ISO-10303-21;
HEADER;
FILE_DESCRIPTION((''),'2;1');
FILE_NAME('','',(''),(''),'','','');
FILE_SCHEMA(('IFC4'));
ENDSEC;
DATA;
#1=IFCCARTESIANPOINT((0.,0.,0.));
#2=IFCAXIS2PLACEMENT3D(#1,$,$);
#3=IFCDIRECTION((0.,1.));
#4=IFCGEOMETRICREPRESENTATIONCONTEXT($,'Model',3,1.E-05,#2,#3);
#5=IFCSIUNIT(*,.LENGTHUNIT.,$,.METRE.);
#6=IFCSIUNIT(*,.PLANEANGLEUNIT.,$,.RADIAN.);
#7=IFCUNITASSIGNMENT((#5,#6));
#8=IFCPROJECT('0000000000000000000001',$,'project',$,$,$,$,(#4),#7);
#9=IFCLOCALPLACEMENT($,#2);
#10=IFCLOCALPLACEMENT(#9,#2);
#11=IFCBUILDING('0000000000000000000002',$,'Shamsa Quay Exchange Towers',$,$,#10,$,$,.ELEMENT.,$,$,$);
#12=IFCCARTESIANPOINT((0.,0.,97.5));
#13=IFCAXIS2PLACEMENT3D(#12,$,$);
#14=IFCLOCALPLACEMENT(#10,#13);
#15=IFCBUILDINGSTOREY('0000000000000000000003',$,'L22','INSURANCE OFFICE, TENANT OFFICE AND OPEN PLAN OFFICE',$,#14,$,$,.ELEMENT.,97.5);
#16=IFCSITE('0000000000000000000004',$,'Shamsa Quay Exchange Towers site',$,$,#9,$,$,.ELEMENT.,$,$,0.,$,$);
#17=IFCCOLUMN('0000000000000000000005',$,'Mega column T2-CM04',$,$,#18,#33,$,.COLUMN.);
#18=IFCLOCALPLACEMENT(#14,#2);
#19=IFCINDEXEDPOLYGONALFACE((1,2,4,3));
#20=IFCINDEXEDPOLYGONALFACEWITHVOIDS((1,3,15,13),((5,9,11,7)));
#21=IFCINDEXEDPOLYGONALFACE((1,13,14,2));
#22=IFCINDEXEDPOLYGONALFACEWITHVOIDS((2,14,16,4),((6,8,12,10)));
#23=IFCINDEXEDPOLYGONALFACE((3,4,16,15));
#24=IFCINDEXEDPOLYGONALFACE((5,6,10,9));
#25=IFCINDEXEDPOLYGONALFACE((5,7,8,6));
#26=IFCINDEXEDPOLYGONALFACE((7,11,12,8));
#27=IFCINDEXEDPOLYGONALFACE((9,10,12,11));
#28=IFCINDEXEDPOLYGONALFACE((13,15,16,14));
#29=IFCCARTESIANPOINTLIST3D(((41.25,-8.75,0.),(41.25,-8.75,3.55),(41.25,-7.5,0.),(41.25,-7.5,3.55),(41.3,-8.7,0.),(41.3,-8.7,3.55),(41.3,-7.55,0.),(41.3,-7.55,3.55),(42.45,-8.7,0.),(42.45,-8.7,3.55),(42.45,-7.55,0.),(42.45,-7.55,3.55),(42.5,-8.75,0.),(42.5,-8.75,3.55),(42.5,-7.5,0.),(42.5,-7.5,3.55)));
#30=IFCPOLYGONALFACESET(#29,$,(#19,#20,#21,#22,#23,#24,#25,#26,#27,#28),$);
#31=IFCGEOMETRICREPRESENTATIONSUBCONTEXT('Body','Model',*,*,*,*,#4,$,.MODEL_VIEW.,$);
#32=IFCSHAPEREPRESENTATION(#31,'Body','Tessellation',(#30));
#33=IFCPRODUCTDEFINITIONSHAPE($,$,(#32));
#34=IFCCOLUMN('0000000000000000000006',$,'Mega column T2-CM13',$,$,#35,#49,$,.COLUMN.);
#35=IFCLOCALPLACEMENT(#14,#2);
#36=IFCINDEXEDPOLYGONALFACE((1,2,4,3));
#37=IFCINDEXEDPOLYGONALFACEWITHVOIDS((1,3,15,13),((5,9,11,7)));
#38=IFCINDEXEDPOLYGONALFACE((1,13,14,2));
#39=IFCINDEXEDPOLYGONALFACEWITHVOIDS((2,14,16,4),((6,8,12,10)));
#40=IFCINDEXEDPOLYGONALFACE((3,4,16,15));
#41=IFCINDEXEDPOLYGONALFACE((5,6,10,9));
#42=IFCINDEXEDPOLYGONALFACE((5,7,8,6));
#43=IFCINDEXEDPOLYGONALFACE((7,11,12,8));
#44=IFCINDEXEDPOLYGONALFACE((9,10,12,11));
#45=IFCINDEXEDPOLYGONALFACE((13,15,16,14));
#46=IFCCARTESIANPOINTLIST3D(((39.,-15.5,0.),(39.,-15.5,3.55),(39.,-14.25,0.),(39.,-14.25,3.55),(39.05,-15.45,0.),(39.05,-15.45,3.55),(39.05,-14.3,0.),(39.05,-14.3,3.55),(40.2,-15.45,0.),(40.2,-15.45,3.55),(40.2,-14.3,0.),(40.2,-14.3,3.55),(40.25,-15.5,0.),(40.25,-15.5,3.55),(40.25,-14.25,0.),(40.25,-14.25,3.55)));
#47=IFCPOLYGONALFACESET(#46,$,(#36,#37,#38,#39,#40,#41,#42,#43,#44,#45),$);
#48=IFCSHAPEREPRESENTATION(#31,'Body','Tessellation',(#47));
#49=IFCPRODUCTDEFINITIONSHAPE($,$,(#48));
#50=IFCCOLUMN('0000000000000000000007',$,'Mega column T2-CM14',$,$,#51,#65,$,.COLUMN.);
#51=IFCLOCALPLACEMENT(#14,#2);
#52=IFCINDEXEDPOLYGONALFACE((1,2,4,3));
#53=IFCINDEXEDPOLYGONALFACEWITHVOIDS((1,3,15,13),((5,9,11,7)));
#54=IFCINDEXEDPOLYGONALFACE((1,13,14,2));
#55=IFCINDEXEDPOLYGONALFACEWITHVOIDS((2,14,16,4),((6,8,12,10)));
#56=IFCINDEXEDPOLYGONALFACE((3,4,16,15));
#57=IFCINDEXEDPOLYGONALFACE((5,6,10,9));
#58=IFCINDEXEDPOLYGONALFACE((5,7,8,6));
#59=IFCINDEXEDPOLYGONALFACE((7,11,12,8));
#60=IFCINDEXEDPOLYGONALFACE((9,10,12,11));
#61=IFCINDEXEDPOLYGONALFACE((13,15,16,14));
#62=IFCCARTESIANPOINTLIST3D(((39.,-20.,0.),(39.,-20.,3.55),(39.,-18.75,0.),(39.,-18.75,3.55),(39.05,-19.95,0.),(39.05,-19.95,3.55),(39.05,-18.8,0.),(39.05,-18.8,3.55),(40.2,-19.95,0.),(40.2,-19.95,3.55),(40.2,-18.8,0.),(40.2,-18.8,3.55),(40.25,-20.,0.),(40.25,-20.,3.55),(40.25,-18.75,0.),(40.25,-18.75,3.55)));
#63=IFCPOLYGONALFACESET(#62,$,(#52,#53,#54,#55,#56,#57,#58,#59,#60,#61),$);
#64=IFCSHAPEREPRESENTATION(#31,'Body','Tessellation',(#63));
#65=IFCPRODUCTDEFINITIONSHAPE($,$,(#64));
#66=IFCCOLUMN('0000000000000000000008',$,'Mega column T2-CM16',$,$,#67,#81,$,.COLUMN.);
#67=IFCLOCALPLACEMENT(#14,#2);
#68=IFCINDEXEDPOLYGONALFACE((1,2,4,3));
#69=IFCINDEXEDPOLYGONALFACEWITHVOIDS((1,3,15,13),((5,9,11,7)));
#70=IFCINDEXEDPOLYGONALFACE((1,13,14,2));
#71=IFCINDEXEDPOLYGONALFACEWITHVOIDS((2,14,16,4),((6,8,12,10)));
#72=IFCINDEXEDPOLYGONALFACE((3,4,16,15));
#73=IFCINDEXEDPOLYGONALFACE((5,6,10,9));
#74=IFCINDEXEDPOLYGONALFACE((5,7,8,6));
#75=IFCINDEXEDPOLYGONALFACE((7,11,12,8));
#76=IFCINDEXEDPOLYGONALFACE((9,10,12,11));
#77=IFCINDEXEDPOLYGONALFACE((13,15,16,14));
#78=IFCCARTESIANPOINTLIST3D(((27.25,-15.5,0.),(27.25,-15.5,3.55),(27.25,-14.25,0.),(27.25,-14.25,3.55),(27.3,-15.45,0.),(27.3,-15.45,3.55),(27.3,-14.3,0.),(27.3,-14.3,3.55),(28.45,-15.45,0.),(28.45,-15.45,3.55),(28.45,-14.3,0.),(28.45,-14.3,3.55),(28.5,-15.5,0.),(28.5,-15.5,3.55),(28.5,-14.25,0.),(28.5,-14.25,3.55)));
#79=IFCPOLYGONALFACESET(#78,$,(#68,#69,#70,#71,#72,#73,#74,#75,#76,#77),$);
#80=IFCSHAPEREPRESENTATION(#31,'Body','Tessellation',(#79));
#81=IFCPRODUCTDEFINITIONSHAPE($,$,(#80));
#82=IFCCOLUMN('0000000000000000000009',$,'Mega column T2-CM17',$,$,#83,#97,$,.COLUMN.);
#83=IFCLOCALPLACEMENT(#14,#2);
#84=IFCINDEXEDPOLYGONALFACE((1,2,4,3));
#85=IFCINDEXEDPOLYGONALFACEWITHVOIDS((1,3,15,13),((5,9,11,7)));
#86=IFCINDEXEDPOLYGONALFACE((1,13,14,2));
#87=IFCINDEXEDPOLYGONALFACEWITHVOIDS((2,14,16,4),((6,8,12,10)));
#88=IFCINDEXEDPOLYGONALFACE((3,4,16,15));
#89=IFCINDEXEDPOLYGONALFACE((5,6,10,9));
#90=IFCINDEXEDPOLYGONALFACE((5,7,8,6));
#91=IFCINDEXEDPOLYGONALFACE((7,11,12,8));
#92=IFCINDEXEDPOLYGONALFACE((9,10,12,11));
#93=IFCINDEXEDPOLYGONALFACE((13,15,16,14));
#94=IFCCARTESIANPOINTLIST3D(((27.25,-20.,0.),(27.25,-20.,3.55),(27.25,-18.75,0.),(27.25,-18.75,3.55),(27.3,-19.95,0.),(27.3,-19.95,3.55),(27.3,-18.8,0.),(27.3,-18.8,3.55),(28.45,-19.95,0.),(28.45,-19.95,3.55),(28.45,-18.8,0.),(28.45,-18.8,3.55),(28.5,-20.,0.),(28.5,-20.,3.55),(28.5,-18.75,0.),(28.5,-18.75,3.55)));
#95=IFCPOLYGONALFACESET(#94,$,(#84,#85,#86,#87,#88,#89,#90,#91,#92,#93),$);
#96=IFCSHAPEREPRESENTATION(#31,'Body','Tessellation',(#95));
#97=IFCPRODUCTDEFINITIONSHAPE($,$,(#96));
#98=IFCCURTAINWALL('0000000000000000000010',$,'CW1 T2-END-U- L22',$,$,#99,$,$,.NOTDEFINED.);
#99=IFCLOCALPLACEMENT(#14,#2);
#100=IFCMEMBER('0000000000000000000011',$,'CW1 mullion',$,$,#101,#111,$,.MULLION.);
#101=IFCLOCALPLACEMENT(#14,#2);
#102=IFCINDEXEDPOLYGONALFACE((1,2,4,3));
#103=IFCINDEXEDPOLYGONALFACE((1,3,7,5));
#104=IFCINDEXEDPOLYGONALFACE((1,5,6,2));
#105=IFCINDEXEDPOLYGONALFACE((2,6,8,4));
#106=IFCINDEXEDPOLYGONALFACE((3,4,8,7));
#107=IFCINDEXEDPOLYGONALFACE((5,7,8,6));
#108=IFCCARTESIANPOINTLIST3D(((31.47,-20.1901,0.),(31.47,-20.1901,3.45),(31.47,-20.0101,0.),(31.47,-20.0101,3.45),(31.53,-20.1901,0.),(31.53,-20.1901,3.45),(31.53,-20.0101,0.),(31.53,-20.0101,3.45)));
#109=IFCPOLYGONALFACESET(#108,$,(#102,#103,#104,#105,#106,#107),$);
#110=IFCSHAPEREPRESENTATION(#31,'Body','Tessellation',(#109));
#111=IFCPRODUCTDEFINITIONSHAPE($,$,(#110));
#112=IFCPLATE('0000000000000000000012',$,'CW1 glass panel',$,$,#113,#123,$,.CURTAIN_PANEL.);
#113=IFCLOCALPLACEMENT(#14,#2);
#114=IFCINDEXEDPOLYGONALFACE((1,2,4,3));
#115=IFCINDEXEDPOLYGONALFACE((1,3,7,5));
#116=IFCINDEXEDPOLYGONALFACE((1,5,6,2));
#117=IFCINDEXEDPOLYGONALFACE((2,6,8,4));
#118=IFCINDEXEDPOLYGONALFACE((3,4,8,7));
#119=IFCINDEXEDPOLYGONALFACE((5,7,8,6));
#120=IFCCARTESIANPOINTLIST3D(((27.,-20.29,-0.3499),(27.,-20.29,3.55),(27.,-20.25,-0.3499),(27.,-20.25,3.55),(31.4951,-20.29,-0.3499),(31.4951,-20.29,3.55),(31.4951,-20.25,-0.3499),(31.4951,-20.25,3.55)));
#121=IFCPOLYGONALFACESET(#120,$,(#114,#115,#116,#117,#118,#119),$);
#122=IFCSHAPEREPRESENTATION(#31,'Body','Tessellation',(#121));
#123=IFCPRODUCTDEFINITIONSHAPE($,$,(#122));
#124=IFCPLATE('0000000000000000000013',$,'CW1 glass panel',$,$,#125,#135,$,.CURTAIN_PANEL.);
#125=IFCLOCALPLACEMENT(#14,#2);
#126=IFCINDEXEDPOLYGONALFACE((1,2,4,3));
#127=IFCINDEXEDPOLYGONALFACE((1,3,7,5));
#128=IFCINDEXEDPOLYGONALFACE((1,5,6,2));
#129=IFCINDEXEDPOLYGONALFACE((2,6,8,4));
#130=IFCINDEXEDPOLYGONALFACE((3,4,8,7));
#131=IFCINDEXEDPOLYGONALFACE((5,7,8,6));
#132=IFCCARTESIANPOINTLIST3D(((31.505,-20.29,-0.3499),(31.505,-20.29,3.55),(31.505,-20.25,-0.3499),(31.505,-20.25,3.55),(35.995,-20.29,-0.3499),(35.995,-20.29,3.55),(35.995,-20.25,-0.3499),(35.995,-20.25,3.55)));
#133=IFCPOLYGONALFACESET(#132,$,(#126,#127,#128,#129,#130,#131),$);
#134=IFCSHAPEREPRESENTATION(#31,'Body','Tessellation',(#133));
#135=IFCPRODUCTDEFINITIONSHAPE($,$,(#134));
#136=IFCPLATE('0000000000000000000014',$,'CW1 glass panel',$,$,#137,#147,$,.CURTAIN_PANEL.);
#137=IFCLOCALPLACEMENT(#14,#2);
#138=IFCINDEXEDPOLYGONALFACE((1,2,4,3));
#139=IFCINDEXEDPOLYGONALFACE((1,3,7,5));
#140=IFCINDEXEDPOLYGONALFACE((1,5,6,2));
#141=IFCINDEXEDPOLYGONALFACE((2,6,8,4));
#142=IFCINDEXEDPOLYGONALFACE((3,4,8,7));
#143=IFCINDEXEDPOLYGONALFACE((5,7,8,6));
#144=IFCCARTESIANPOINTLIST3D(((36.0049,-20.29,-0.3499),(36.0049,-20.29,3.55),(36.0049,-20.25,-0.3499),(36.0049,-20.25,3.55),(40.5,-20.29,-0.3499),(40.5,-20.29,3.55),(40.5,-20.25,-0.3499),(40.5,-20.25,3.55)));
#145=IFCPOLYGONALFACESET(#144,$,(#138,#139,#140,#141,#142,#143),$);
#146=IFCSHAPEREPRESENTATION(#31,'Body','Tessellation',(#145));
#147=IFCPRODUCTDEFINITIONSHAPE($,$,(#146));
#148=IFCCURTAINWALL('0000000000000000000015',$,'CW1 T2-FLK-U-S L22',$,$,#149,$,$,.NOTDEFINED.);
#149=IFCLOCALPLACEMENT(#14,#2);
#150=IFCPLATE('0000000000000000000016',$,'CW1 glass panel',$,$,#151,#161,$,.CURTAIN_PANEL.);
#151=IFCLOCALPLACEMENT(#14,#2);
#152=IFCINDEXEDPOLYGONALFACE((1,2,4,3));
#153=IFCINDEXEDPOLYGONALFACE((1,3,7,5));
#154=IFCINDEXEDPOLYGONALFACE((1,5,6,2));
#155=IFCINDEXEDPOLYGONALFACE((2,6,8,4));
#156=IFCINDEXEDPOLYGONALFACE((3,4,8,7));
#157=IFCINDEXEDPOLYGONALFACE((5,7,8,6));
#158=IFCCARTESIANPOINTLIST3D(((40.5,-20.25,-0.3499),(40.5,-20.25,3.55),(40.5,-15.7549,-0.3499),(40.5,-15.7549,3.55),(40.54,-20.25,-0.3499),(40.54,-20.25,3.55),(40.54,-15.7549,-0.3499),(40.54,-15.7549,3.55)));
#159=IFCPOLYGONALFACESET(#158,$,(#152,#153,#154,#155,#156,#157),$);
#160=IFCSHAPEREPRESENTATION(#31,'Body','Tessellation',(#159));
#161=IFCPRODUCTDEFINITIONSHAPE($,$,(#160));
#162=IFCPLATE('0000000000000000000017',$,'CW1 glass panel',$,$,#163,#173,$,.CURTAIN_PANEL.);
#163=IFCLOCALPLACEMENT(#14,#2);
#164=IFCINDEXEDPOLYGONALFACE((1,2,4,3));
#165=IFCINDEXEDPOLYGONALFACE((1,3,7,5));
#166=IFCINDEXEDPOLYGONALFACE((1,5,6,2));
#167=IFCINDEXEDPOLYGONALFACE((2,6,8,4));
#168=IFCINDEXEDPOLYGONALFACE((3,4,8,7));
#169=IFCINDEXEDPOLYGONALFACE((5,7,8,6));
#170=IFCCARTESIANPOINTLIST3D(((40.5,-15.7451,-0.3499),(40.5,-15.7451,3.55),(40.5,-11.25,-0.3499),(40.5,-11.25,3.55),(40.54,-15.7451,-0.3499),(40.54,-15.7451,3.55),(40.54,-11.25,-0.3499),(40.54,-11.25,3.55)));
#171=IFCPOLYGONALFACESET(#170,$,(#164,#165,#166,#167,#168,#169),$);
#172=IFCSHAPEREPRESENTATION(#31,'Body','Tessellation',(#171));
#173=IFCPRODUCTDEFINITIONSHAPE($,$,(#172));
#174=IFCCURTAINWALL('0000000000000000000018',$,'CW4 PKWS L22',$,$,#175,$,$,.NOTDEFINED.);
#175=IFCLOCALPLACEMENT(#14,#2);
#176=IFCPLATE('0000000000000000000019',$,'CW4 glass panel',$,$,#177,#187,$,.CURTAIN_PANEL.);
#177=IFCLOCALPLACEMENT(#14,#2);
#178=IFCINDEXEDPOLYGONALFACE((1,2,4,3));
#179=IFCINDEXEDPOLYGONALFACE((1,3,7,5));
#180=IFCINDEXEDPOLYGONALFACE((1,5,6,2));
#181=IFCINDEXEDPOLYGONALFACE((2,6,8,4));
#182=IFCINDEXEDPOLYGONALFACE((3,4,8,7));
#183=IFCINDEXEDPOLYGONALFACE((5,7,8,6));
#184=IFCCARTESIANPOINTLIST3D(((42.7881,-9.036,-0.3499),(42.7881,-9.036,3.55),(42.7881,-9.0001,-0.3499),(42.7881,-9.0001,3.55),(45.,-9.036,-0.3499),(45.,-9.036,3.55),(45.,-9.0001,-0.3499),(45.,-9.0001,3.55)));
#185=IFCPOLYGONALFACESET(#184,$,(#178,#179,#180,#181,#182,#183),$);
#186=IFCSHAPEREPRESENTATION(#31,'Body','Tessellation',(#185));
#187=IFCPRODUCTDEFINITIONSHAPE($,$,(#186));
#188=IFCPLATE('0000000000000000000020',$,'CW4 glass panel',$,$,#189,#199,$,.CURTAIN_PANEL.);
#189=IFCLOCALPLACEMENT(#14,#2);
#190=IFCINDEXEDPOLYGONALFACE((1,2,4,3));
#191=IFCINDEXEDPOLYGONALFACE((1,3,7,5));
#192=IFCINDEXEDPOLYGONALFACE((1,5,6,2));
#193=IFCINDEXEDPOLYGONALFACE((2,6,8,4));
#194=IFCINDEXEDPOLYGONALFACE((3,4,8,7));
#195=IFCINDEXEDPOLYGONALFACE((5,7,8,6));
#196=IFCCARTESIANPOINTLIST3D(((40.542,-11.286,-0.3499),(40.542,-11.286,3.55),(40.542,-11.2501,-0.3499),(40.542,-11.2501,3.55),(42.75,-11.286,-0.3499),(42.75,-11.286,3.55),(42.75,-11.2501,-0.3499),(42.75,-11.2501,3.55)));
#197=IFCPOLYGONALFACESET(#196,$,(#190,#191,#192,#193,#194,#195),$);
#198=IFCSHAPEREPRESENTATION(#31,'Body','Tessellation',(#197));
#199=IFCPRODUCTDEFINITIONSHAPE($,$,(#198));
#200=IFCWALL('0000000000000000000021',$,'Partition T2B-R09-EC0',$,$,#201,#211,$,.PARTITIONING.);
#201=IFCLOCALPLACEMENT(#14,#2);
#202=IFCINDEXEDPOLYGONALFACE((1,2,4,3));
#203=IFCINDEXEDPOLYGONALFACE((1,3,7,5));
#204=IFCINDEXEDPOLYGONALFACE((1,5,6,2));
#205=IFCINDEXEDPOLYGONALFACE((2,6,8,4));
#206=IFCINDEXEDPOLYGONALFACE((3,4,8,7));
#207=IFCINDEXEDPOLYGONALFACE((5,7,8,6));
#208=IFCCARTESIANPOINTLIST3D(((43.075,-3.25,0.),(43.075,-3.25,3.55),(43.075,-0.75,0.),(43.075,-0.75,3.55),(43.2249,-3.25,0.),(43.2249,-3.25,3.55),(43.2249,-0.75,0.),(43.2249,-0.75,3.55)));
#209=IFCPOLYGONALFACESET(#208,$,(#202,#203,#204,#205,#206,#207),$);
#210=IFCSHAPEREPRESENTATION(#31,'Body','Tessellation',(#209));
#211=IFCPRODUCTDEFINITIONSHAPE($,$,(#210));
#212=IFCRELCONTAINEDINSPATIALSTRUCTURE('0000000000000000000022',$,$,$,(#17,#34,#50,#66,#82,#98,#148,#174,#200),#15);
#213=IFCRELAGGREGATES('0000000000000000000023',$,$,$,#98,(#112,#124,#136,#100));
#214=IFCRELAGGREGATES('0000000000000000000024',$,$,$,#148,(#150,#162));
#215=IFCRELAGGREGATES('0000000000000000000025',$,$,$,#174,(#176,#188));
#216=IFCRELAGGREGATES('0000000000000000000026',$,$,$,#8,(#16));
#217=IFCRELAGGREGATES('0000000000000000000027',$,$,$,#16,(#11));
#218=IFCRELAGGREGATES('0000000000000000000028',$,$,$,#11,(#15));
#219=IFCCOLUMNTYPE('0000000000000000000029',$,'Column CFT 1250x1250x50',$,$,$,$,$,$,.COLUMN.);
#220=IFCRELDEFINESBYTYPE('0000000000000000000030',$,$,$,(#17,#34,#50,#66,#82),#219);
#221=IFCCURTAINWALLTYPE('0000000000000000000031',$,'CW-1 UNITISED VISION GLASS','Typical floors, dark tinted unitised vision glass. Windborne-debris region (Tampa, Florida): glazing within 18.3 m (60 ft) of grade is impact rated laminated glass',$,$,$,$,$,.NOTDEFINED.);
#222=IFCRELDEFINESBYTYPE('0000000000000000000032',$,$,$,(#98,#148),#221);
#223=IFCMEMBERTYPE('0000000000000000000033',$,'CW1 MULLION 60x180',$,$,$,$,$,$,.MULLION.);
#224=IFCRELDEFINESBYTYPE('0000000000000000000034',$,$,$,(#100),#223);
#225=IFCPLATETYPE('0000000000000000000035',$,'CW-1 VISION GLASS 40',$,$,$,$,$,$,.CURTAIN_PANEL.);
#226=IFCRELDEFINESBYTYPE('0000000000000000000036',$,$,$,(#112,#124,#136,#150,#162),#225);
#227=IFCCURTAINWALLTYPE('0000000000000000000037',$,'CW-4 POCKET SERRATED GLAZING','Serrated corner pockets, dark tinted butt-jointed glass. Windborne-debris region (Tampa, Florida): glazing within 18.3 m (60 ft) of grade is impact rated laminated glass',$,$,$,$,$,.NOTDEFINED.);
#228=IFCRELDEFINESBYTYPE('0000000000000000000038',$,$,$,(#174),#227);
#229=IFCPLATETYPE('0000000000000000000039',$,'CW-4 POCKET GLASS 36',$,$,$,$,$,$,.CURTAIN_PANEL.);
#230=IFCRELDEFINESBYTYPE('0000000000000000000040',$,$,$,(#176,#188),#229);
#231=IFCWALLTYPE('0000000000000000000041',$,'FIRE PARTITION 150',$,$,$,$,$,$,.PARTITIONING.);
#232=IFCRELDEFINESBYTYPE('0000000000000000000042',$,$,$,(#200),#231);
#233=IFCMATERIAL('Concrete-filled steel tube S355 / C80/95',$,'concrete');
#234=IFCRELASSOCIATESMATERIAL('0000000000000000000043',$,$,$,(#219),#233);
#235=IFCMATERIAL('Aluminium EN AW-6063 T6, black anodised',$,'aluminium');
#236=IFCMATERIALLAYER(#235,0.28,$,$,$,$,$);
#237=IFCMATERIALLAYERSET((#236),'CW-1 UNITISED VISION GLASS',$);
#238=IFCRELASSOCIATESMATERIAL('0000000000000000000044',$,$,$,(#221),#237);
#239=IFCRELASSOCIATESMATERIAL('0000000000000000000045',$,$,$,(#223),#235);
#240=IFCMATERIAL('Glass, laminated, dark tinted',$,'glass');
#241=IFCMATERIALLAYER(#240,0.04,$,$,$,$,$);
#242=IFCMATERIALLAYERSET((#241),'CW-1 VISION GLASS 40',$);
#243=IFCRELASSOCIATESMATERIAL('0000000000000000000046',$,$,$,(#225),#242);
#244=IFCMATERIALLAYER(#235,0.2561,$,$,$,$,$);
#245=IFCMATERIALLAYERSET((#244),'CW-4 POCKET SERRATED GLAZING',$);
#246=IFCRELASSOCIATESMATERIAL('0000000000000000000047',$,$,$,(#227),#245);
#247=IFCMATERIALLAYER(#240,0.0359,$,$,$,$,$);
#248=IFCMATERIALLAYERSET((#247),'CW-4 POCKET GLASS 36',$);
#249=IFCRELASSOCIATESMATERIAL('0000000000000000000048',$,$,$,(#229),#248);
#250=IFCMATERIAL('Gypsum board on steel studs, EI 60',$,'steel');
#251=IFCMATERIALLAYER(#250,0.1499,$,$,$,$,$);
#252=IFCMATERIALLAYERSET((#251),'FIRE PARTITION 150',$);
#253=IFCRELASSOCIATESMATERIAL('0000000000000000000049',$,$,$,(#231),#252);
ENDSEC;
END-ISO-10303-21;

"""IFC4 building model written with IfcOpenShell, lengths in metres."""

from ifc_helpers import new_model, si_unit, direction, frame, frame_2d, origin, origin_2d, place, context, subcontext, project, spatial, rectangle, hollow_rectangle, extrude, material, layer, layer_set, material_profile, profile_set, type_object, element, aggregate, save


model = new_model("IFC4")

# Units and contexts
model_context = context("Model", 3, precision=1e-05, world=origin(), true_north=direction((0.0, 1.0)))
body_context = subcontext(model_context, "Body", "Model", "MODEL_VIEW")
ifc_project = project(units=[si_unit("LENGTHUNIT", "METRE"), si_unit("PLANEANGLEUNIT", "RADIAN")], contexts=[model_context])

# Site, building, storey
site_placement = place(None, origin())
site = spatial("IfcSite", under=ifc_project, at=site_placement, Name="Shamsa Quay Exchange Towers site", CompositionType="ELEMENT", RefElevation=0.0)
building_placement = place(site_placement, origin())
building = spatial("IfcBuilding", under=site, at=building_placement, Name="Shamsa Quay Exchange Towers", CompositionType="ELEMENT")
storey_placement = place(building_placement, frame((0.0, 0.0, 97.5)))
storey = spatial("IfcBuildingStorey", under=building, at=storey_placement, Name="L22", Description="INSURANCE OFFICE, TENANT OFFICE AND OPEN PLAN OFFICE", CompositionType="ELEMENT", Elevation=97.5)

# Columns
ifc_material_1 = material(Name="Concrete-filled steel tube S355 / C80/95", Category="concrete")
ifc_material_profile_1 = material_profile(ifc_material_1, hollow_rectangle(XDim=1.25, YDim=1.25, WallThickness=0.05, at=origin_2d()), Name="CFT 1250x1250x50")
ifc_profile_set_1 = profile_set([ifc_material_profile_1], Name="Concrete-filled steel tube S355 / C80/95")
column_type = type_object("IfcColumnType", Name="Column CFT 1250x1250x50", PredefinedType="COLUMN", material=ifc_profile_set_1)
for number, where, name in (
    (1, (41.875, -8.125, 0.0), "Mega column T2-CM04"),
    (2, (39.625, -14.875, 0.0), "Mega column T2-CM13"),
    (3, (39.625, -19.375, 0.0), "Mega column T2-CM14"),
    (4, (27.875, -14.875, 0.0), "Mega column T2-CM16"),
    (5, (27.875, -19.375, 0.0), "Mega column T2-CM17"),
):
    element("IfcColumn", number, at=place(storey_placement, frame(where)), inside=storey, type_object=column_type, Name=name, PredefinedType="COLUMN", context=body_context, shape_type="SweptSolid", body=[
        extrude(hollow_rectangle(XDim=1.25, YDim=1.25, WallThickness=0.05, at=origin_2d()), origin(), (0.0, 0.0, 1.0), 3.55),
    ])

# Curtain wall, member, plates
ifc_material_2 = material(Name="Aluminium EN AW-6063 T6, black anodised", Category="aluminium")
ifc_layer_1 = layer(ifc_material_2, 0.28)
ifc_layer_set_1 = layer_set([ifc_layer_1], Name="CW-1 UNITISED VISION GLASS")
curtain_wall_type_1 = type_object("IfcCurtainWallType", Name="CW-1 UNITISED VISION GLASS", Description="Typical floors, dark tinted unitised vision glass. Windborne-debris region (Tampa, Florida): glazing within 18.3 m (60 ft) of grade is impact rated laminated glass", PredefinedType="NOTDEFINED", material=ifc_layer_set_1)
curtain_wall_1_placement = place(storey_placement, origin())
curtain_wall_1 = element("IfcCurtainWall", 6, at=curtain_wall_1_placement, inside=storey, type_object=curtain_wall_type_1, Name="CW1 T2-END-U- L22", PredefinedType="NOTDEFINED")
ifc_material_profile_2 = material_profile(ifc_material_2, rectangle(XDim=0.1799, YDim=0.0601, at=origin_2d()), Name="MU60x180")
ifc_profile_set_2 = profile_set([ifc_material_profile_2], Name="Aluminium EN AW-6063 T6, black anodised")
member_type = type_object("IfcMemberType", Name="CW1 MULLION 60x180", PredefinedType="MULLION", material=ifc_profile_set_2)
member_placement = place(storey_placement, frame((31.5, -20.1001, 0.0), z_axis=(0.0, 0.0, 1.0), x_axis=(0.0, 1.0, 0.0)))
member = element("IfcMember", 7, at=member_placement, type_object=member_type, Name="CW1 mullion", PredefinedType="MULLION", context=body_context, shape_type="SweptSolid", body=[
    extrude(rectangle(XDim=0.1799, YDim=0.0601, at=origin_2d()), origin(), (0.0, 0.0, 1.0), 3.45),
])
ifc_material_3 = material(Name="Glass, laminated, dark tinted", Category="glass")
ifc_layer_2 = layer(ifc_material_3, 0.04)
ifc_layer_set_2 = layer_set([ifc_layer_2], Name="CW-1 VISION GLASS 40")
plate_type_1 = type_object("IfcPlateType", Name="CW-1 VISION GLASS 40", PredefinedType="CURTAIN_PANEL", material=ifc_layer_set_2)
plate_1_placement = place(storey_placement, frame((29.2476, -20.27, -0.3499)))
plate_1 = element("IfcPlate", 8, at=plate_1_placement, type_object=plate_type_1, Name="CW1 glass panel", PredefinedType="CURTAIN_PANEL", context=body_context, shape_type="SweptSolid", body=[
    extrude(rectangle(XDim=4.4951, YDim=0.04, at=origin_2d()), origin(), (0.0, 0.0, 1.0), 3.8999),
])
plate_2_placement = place(storey_placement, frame((33.75, -20.27, -0.3499)))
plate_2 = element("IfcPlate", 9, at=plate_2_placement, type_object=plate_type_1, Name="CW1 glass panel", PredefinedType="CURTAIN_PANEL", context=body_context, shape_type="SweptSolid", body=[
    extrude(rectangle(XDim=4.49, YDim=0.04, at=origin_2d()), origin(), (0.0, 0.0, 1.0), 3.8999),
])
plate_3_placement = place(storey_placement, frame((38.2524, -20.27, -0.3499)))
plate_3 = element("IfcPlate", 10, at=plate_3_placement, type_object=plate_type_1, Name="CW1 glass panel", PredefinedType="CURTAIN_PANEL", context=body_context, shape_type="SweptSolid", body=[
    extrude(rectangle(XDim=4.4951, YDim=0.04, at=origin_2d()), origin(), (0.0, 0.0, 1.0), 3.8999),
])
aggregate(curtain_wall_1, [plate_1, plate_2, plate_3, member])

# Curtain walls, plates
curtain_wall_2_placement = place(storey_placement, origin())
curtain_wall_2 = element("IfcCurtainWall", 11, at=curtain_wall_2_placement, inside=storey, type_object=curtain_wall_type_1, Name="CW1 T2-FLK-U-S L22", PredefinedType="NOTDEFINED")
plate_4_placement = place(storey_placement, frame((40.52, -18.0024, -0.3499), z_axis=(0.0, 0.0, 1.0), x_axis=(0.0, 1.0, 0.0)))
plate_4 = element("IfcPlate", 12, at=plate_4_placement, type_object=plate_type_1, Name="CW1 glass panel", PredefinedType="CURTAIN_PANEL", context=body_context, shape_type="SweptSolid", body=[
    extrude(rectangle(XDim=4.4951, YDim=0.04, at=origin_2d()), origin(), (0.0, 0.0, 1.0), 3.8999),
])
plate_5_placement = place(storey_placement, frame((40.52, -13.4976, -0.3499), z_axis=(0.0, 0.0, 1.0), x_axis=(0.0, 1.0, 0.0)))
plate_5 = element("IfcPlate", 13, at=plate_5_placement, type_object=plate_type_1, Name="CW1 glass panel", PredefinedType="CURTAIN_PANEL", context=body_context, shape_type="SweptSolid", body=[
    extrude(rectangle(XDim=4.4951, YDim=0.04, at=origin_2d()), origin(), (0.0, 0.0, 1.0), 3.8999),
])
aggregate(curtain_wall_2, [plate_4, plate_5])
ifc_layer_3 = layer(ifc_material_2, 0.2561)
ifc_layer_set_3 = layer_set([ifc_layer_3], Name="CW-4 POCKET SERRATED GLAZING")
curtain_wall_type_2 = type_object("IfcCurtainWallType", Name="CW-4 POCKET SERRATED GLAZING", Description="Serrated corner pockets, dark tinted butt-jointed glass. Windborne-debris region (Tampa, Florida): glazing within 18.3 m (60 ft) of grade is impact rated laminated glass", PredefinedType="NOTDEFINED", material=ifc_layer_set_3)
curtain_wall_3_placement = place(storey_placement, origin())
curtain_wall_3 = element("IfcCurtainWall", 14, at=curtain_wall_3_placement, inside=storey, type_object=curtain_wall_type_2, Name="CW4 PKWS L22", PredefinedType="NOTDEFINED")
ifc_layer_4 = layer(ifc_material_3, 0.0359)
ifc_layer_set_4 = layer_set([ifc_layer_4], Name="CW-4 POCKET GLASS 36")
plate_type_2 = type_object("IfcPlateType", Name="CW-4 POCKET GLASS 36", PredefinedType="CURTAIN_PANEL", material=ifc_layer_set_4)
plate_6_placement = place(storey_placement, frame((43.894, -9.0181, -0.3499)))
plate_6 = element("IfcPlate", 15, at=plate_6_placement, type_object=plate_type_2, Name="CW4 glass panel", PredefinedType="CURTAIN_PANEL", context=body_context, shape_type="SweptSolid", body=[
    extrude(rectangle(XDim=2.2119, YDim=0.0359, at=origin_2d()), origin(), (0.0, 0.0, 1.0), 3.8999),
])
plate_7_placement = place(storey_placement, frame((41.646, -11.2681, -0.3499)))
plate_7 = element("IfcPlate", 16, at=plate_7_placement, type_object=plate_type_2, Name="CW4 glass panel", PredefinedType="CURTAIN_PANEL", context=body_context, shape_type="SweptSolid", body=[
    extrude(rectangle(XDim=2.208, YDim=0.0359, at=origin_2d()), origin(), (0.0, 0.0, 1.0), 3.8999),
])
aggregate(curtain_wall_3, [plate_6, plate_7])

# Wall
ifc_material_4 = material(Name="Gypsum board on steel studs, EI 60", Category="steel")
ifc_layer_5 = layer(ifc_material_4, 0.1499)
ifc_layer_set_5 = layer_set([ifc_layer_5], Name="FIRE PARTITION 150")
wall_type_1 = type_object("IfcWallType", Name="FIRE PARTITION 150", PredefinedType="PARTITIONING", material=ifc_layer_set_5)
wall_1_placement = place(storey_placement, frame((43.1499, -3.25, 0.0), z_axis=(0.0, 0.0, 1.0), x_axis=(0.0, 1.0, 0.0)))
element("IfcWall", 17, at=wall_1_placement, inside=storey, type_object=wall_type_1, Name="Partition T2B-R09-EC0", PredefinedType="PARTITIONING", context=body_context, shape_type="SweptSolid", body=[
    extrude(rectangle(XDim=2.5, YDim=0.1499, at=frame_2d((1.25, 0.0))), origin(), (0.0, 0.0, 1.0), 3.55),
])

save(model, "model.ifc")
